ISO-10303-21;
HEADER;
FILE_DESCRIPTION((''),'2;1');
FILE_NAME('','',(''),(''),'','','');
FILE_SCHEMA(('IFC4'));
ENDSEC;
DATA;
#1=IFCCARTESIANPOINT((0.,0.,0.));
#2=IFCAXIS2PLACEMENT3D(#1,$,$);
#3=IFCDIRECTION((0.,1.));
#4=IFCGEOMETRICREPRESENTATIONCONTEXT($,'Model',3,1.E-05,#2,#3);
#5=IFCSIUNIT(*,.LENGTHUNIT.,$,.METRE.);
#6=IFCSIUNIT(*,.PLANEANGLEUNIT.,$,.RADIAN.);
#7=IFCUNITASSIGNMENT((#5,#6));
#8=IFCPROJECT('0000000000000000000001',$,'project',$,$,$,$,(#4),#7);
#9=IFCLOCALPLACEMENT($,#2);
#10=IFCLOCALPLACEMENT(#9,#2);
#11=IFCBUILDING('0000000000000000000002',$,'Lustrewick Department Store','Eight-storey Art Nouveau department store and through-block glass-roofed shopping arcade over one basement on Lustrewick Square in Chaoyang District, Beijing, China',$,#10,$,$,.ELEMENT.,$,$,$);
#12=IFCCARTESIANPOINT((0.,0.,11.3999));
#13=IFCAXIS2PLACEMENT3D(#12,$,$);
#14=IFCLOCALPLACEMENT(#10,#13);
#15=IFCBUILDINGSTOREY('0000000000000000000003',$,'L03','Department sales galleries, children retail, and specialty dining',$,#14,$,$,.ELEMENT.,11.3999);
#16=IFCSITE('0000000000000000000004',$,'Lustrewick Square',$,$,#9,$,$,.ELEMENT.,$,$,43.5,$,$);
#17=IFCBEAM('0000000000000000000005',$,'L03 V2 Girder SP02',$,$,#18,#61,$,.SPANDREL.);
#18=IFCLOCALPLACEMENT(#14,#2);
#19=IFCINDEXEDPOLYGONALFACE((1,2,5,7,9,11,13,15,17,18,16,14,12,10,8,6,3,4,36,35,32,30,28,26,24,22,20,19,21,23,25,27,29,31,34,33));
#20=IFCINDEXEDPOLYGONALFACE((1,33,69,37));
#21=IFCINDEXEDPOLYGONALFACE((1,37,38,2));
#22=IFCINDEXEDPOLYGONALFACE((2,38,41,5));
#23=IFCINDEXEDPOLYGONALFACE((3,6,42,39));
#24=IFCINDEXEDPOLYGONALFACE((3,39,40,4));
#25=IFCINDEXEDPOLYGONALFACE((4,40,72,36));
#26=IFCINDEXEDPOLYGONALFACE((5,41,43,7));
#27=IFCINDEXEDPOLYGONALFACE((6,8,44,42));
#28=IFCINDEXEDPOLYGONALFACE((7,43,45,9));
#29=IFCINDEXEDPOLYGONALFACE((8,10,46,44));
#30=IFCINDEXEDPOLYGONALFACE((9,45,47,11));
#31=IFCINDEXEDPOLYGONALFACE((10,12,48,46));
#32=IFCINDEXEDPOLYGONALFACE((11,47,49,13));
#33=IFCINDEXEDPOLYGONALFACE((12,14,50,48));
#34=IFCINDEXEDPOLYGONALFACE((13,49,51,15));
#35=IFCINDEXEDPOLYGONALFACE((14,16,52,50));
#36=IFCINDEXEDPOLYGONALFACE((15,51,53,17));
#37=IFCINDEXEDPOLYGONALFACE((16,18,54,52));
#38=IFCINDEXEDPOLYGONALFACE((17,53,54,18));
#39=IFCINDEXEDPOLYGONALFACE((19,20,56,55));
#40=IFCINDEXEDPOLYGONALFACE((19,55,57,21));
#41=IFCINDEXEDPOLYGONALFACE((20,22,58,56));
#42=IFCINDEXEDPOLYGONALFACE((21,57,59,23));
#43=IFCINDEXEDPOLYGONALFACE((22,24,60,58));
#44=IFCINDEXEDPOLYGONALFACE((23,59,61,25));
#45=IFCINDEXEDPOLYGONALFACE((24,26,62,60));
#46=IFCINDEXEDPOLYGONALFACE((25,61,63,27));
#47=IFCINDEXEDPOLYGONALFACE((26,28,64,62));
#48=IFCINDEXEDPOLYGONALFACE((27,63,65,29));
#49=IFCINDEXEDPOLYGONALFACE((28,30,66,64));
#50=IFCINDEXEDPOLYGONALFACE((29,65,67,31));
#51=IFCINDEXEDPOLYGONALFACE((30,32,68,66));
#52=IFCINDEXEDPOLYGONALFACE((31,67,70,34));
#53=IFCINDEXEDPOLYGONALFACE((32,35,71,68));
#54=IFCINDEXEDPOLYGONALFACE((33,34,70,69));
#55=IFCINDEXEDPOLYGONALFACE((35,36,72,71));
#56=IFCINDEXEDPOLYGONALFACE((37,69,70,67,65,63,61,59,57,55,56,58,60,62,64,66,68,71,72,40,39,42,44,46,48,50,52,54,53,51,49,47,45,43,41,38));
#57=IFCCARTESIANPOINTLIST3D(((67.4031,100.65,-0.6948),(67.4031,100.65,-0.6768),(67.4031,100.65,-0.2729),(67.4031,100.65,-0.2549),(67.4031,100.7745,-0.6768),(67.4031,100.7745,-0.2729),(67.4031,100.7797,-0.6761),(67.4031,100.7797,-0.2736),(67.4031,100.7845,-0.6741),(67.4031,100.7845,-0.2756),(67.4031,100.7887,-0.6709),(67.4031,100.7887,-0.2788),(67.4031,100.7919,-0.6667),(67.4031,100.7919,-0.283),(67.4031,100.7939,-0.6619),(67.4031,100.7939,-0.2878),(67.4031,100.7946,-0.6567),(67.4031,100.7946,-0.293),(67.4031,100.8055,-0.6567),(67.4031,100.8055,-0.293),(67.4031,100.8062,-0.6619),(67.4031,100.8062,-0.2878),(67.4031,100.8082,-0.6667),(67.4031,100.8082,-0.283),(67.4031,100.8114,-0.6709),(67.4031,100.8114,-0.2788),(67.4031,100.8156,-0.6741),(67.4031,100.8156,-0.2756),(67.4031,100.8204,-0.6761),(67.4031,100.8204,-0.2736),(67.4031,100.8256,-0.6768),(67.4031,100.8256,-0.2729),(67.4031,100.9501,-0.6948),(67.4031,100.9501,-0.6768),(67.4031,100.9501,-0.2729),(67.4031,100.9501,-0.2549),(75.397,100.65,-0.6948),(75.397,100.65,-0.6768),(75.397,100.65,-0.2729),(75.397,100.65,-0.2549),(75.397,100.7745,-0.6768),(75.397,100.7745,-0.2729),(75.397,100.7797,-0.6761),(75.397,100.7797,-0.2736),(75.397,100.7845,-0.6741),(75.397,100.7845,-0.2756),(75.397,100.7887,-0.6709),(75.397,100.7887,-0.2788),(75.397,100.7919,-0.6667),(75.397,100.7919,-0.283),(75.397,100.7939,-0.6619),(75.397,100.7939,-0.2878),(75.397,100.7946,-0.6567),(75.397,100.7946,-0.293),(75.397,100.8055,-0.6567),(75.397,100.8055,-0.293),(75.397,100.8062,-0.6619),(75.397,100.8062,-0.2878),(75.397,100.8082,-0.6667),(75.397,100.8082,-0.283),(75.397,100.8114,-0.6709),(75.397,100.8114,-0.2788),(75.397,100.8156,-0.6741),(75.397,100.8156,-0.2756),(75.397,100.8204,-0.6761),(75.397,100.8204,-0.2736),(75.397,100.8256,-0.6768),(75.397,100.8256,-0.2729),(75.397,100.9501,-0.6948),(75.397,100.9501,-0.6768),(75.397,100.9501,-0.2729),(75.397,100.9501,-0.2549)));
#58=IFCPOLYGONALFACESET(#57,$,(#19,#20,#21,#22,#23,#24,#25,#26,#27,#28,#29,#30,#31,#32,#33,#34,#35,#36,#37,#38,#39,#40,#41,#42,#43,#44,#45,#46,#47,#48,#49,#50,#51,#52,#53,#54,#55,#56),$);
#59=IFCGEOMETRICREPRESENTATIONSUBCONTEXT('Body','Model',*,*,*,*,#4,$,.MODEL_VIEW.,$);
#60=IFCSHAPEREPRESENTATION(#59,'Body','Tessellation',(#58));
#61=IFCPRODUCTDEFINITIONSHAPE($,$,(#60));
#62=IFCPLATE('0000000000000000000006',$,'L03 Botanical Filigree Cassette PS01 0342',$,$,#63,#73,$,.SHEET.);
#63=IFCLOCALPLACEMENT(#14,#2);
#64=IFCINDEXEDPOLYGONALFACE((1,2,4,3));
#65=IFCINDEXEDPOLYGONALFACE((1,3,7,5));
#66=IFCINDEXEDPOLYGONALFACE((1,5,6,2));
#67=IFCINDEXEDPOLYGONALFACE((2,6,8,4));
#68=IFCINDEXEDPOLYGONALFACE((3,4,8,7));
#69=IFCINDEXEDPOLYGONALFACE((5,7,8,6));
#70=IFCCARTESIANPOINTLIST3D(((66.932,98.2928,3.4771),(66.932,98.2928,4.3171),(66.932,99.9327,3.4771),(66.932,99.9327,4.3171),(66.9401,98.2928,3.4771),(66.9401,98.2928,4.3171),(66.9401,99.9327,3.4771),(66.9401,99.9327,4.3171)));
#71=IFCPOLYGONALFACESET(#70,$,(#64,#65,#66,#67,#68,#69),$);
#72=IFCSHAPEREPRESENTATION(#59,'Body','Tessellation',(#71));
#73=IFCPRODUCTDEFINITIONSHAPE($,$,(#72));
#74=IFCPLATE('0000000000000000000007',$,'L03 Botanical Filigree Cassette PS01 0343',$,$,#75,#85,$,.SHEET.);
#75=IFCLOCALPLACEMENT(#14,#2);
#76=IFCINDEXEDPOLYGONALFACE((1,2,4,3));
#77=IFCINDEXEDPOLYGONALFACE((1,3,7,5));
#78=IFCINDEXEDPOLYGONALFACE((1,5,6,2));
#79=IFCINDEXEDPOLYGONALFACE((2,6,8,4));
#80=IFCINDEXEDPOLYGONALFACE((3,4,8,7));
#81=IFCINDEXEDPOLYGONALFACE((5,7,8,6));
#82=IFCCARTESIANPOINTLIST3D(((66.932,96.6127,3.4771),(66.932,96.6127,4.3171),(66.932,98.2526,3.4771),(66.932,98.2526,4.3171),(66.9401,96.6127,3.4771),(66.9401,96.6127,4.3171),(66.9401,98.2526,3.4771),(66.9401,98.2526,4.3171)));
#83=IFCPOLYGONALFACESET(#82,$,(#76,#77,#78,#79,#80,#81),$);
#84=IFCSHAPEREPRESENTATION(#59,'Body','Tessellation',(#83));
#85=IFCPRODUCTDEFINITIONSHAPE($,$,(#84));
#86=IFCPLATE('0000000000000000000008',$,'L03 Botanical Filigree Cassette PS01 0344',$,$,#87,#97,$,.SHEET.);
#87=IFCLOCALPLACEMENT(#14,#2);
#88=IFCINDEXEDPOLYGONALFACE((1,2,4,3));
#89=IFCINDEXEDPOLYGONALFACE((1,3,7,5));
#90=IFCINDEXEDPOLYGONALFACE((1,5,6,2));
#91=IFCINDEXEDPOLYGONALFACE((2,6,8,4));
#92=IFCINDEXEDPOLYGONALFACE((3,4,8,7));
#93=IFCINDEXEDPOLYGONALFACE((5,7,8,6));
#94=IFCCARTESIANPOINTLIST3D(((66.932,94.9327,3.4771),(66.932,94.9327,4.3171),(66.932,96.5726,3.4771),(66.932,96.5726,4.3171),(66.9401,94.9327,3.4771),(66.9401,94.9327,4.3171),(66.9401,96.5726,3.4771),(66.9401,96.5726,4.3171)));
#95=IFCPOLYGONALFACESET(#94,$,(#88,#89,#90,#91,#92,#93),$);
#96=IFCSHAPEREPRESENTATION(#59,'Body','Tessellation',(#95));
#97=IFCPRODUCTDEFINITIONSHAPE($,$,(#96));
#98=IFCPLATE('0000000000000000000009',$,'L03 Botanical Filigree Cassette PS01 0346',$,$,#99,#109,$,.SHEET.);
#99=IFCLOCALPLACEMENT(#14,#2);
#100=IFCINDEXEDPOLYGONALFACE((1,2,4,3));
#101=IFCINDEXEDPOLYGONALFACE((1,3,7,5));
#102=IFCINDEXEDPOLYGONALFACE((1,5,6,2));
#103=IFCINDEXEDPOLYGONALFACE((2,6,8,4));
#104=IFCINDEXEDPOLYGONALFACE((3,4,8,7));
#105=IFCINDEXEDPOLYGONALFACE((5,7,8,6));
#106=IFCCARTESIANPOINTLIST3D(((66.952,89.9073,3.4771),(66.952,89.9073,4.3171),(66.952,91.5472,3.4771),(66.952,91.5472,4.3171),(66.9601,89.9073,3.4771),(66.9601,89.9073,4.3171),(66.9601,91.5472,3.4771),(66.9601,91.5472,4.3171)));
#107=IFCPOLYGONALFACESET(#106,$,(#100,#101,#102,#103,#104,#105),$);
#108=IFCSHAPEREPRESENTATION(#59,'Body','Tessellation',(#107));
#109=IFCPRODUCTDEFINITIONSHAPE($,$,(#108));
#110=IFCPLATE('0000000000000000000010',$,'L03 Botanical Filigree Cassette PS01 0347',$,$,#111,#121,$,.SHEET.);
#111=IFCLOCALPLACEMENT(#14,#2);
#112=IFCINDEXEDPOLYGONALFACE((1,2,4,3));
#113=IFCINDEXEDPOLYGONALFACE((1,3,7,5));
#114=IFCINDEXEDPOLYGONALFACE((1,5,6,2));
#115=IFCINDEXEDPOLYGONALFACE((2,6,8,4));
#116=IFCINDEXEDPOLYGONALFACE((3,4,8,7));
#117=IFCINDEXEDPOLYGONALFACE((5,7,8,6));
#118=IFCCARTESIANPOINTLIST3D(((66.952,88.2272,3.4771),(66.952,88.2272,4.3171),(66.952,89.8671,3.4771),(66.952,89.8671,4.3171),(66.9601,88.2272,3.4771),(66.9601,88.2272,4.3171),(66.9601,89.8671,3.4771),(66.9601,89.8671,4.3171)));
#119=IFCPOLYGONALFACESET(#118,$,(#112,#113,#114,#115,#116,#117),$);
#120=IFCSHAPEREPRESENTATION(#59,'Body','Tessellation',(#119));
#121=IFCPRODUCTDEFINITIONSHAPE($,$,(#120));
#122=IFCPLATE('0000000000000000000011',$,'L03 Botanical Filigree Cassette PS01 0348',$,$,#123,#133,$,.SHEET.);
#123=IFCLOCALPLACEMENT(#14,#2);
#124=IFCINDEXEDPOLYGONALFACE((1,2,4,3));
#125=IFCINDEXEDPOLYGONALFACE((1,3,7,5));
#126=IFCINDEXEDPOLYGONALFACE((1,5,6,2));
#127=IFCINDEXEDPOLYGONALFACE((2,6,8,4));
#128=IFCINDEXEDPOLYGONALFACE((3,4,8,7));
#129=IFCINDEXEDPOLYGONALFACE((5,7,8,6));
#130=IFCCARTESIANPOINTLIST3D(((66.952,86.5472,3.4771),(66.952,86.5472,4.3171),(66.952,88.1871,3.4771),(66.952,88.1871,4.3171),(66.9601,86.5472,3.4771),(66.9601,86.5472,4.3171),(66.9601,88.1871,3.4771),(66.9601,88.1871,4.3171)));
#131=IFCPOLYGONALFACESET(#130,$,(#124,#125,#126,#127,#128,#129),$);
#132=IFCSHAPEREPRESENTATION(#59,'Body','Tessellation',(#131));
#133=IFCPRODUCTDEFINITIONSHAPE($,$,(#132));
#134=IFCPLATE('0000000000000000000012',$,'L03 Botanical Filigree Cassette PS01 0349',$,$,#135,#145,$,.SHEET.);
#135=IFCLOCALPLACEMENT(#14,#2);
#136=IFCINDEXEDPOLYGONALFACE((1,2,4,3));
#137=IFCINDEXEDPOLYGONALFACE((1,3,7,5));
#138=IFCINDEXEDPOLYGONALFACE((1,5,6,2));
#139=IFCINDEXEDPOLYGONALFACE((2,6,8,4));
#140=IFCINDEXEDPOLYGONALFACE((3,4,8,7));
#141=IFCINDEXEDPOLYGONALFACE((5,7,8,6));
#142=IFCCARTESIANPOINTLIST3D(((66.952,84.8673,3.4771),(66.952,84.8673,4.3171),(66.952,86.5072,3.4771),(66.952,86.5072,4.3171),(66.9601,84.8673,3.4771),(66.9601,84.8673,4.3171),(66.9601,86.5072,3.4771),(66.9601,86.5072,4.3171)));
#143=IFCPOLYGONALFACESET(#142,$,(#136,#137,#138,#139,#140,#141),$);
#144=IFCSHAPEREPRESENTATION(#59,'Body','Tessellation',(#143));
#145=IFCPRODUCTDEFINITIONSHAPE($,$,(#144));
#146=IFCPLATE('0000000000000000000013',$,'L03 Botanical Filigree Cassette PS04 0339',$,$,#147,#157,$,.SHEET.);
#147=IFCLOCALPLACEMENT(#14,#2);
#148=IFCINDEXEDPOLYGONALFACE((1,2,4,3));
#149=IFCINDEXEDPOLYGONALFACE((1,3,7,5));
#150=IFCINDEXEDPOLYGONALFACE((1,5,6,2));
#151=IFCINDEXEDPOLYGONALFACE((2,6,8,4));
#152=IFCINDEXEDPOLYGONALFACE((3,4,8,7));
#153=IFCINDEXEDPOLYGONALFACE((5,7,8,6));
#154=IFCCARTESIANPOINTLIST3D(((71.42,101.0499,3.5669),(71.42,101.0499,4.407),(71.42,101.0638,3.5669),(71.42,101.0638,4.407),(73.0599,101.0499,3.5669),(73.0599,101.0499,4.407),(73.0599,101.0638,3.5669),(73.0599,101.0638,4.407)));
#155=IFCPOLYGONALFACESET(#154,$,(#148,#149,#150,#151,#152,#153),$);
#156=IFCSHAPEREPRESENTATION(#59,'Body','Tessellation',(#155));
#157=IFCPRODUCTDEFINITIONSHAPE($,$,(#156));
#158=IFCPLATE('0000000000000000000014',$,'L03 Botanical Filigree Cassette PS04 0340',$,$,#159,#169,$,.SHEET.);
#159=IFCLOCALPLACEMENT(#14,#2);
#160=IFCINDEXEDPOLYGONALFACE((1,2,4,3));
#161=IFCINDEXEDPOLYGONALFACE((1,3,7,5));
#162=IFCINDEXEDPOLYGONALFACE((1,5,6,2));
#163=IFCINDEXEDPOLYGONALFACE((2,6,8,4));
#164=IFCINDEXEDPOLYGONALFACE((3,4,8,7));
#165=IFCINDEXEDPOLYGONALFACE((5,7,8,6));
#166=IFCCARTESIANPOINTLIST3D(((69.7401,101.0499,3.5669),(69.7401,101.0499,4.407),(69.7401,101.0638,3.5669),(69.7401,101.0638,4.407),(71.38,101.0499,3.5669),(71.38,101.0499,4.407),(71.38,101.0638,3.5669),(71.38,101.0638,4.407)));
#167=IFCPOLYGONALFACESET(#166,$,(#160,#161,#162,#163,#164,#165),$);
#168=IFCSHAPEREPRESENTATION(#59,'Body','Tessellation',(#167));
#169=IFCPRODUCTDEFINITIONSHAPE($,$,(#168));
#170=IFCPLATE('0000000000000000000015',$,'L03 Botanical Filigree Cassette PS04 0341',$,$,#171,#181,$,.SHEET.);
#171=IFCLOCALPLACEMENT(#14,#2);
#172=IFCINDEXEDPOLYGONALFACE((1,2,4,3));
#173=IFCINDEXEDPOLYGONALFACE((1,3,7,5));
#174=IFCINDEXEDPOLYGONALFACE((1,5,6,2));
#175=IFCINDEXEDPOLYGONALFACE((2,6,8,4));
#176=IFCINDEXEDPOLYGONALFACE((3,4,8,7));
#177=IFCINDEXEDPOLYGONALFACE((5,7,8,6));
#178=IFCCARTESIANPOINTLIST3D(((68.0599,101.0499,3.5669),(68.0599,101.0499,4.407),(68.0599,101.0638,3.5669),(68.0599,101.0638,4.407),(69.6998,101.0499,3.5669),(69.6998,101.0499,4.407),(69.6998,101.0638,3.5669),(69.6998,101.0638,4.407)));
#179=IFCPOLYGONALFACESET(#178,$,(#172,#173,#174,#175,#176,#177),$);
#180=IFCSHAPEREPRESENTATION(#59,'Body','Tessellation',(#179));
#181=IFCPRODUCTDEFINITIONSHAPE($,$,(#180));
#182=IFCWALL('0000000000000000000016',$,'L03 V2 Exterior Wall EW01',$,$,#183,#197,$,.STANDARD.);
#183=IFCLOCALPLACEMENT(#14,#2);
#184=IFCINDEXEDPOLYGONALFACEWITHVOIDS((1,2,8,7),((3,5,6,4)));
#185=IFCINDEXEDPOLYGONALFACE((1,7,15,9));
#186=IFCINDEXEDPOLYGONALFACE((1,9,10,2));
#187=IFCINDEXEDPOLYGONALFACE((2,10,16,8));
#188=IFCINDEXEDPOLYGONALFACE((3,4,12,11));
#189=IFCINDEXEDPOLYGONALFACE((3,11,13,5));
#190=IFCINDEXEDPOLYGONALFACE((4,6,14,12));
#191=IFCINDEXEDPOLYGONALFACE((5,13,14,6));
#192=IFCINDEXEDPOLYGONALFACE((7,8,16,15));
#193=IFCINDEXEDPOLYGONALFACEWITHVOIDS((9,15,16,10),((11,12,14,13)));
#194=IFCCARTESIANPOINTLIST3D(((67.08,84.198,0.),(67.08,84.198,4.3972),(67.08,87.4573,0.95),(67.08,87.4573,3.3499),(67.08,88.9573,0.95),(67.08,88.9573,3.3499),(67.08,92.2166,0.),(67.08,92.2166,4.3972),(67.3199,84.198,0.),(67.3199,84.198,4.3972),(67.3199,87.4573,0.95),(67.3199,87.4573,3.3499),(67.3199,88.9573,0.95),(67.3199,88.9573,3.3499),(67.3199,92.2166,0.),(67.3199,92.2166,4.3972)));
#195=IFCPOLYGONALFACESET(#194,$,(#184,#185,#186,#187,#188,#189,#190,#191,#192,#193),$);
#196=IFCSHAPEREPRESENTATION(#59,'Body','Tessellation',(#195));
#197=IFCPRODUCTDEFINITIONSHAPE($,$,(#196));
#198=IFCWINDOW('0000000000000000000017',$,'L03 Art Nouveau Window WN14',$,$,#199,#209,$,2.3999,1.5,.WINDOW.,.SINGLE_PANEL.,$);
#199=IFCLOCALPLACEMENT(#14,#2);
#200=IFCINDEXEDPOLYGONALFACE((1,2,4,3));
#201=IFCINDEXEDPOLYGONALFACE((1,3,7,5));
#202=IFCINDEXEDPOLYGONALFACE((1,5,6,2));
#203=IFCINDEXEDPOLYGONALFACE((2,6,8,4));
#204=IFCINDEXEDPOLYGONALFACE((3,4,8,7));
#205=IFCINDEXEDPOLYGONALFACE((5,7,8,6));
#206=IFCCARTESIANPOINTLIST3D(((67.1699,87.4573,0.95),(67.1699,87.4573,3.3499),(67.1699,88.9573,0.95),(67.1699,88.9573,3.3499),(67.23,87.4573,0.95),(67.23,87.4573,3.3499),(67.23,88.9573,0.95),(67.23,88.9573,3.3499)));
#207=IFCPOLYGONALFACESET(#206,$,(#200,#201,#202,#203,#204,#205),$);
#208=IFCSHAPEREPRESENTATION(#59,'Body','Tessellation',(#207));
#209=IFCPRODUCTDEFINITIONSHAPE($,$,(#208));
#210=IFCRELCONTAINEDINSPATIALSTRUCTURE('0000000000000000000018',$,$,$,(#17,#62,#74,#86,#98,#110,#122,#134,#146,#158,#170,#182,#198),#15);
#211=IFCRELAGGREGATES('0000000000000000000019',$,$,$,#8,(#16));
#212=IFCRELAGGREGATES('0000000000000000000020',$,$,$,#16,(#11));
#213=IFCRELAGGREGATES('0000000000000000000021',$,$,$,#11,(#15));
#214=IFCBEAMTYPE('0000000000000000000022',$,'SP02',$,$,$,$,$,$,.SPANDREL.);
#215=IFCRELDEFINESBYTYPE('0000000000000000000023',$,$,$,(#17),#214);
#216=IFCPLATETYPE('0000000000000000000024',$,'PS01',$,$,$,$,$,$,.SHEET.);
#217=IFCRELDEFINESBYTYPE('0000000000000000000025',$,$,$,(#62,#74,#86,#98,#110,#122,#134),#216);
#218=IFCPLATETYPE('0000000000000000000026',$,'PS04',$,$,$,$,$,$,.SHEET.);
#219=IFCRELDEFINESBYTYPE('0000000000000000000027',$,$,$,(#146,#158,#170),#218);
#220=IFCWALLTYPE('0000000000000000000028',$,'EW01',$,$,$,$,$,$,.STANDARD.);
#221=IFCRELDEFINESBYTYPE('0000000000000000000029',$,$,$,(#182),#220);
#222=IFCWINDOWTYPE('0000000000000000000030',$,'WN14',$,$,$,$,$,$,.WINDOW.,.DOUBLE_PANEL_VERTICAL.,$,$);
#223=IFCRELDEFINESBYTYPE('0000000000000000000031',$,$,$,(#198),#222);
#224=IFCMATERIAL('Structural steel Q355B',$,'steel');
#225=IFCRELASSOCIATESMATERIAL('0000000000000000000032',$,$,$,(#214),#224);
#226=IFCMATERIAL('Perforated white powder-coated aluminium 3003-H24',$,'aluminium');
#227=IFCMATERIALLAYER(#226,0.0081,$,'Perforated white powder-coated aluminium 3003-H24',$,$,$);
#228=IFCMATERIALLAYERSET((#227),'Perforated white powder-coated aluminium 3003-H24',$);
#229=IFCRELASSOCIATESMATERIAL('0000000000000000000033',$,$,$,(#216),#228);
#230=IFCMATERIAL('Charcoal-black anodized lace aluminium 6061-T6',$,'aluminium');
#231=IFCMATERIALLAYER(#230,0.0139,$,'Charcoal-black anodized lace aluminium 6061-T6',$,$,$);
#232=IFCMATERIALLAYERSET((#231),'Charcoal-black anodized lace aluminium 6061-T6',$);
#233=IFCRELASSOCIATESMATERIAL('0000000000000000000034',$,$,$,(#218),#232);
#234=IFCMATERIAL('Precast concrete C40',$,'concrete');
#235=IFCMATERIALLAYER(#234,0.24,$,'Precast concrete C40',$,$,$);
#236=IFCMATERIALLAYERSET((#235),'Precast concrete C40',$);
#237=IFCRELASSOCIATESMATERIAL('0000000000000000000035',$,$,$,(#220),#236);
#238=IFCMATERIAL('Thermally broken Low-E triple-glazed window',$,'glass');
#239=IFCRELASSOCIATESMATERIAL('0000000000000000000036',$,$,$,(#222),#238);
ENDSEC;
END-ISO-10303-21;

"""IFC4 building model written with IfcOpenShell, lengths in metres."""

from ifc_helpers import new_model, si_unit, direction, frame, frame_2d, origin, origin_2d, place, context, subcontext, project, spatial, rectangle, i_section, extrude, material, layer, layer_set, material_profile, profile_set, type_object, element, fill, save


model = new_model("IFC4")

# Units and contexts
model_context = context("Model", 3, precision=1e-05, world=origin(), true_north=direction((0.0, 1.0)))
body_context = subcontext(model_context, "Body", "Model", "MODEL_VIEW")
ifc_project = project(units=[si_unit("LENGTHUNIT", "METRE"), si_unit("PLANEANGLEUNIT", "RADIAN")], contexts=[model_context])

# Site, building, storey
site_placement = place(None, origin())
site = spatial("IfcSite", under=ifc_project, at=site_placement, Name="Lustrewick Square", CompositionType="ELEMENT", RefElevation=43.5)
building_placement = place(site_placement, origin())
building = spatial("IfcBuilding", under=site, at=building_placement, Name="Lustrewick Department Store", Description="Eight-storey Art Nouveau department store and through-block glass-roofed shopping arcade over one basement on Lustrewick Square in Chaoyang District, Beijing, China", CompositionType="ELEMENT")
storey_placement = place(building_placement, frame((0.0, 0.0, 11.3999)))
storey = spatial("IfcBuildingStorey", under=building, at=storey_placement, Name="L03", Description="Department sales galleries, children retail, and specialty dining", CompositionType="ELEMENT", Elevation=11.3999)

# Shared definitions
ifc_material_1 = material(Name="Structural steel Q355B", Category="steel")

# Beam
ifc_material_profile_1 = material_profile(ifc_material_1, i_section(OverallWidth=0.3, OverallDepth=0.4399, WebThickness=0.011, FlangeThickness=0.0181, FilletRadius=0.02, at=origin_2d()), Name="HM 440x300x11x18")
ifc_profile_set_1 = profile_set([ifc_material_profile_1], Name="Structural steel Q355B")
beam_type_1 = type_object("IfcBeamType", Name="SP02", PredefinedType="SPANDREL", material=ifc_profile_set_1)
beam_1_placement = place(storey_placement, frame((67.4031, 100.8, -0.4749), z_axis=(1.0, 0.0, 0.0), x_axis=(0.0, 1.0, 0.0)))
element("IfcBeam", 1, at=beam_1_placement, inside=storey, type_object=beam_type_1, Name="L03 V2 Girder SP02", PredefinedType="SPANDREL", context=body_context, shape_type="SweptSolid", body=[
    extrude(i_section(OverallWidth=0.3, OverallDepth=0.4399, WebThickness=0.011, FlangeThickness=0.0181, FilletRadius=0.02, at=origin_2d()), origin(), (0.0, 0.0, 1.0), 7.9939),
])

# Plates
ifc_material_2 = material(Name="Perforated white powder-coated aluminium 3003-H24", Category="aluminium")
ifc_layer_1 = layer(ifc_material_2, 0.0081, Name="Perforated white powder-coated aluminium 3003-H24")
ifc_layer_set_1 = layer_set([ifc_layer_1], Name="Perforated white powder-coated aluminium 3003-H24")
plate_type_1 = type_object("IfcPlateType", Name="PS01", PredefinedType="SHEET", material=ifc_layer_set_1)
for number, where, z_axis, x_axis, name in (
    (2, (66.936, 99.1128, 3.4771), (0.0, 0.0, 1.0), (0.0, -1.0, 0.0), "L03 Botanical Filigree Cassette PS01 0342"),
    (3, (66.936, 97.4326, 3.4771), (0.0, 0.0, 1.0), (0.0, -1.0, 0.0), "L03 Botanical Filigree Cassette PS01 0343"),
    (4, (66.936, 95.7527, 3.4771), (0.0, 0.0, 1.0), (0.0, -1.0, 0.0), "L03 Botanical Filigree Cassette PS01 0344"),
    (5, (66.9561, 90.7273, 3.4771), (0.0, 0.0, 1.0), (0.0, -1.0, 0.0), "L03 Botanical Filigree Cassette PS01 0346"),
    (6, (66.9561, 89.0471, 3.4771), (0.0, 0.0, 1.0), (0.0, -1.0, 0.0), "L03 Botanical Filigree Cassette PS01 0347"),
    (7, (66.9561, 87.3672, 3.4771), (0.0, 0.0, 1.0), (0.0, -1.0, 0.0), "L03 Botanical Filigree Cassette PS01 0348"),
    (8, (66.9561, 85.6873, 3.4771), (0.0, 0.0, 1.0), (0.0, -1.0, 0.0), "L03 Botanical Filigree Cassette PS01 0349"),
):
    element("IfcPlate", number, at=place(storey_placement, frame(where, z_axis=z_axis, x_axis=x_axis)), inside=storey, type_object=plate_type_1, Name=name, PredefinedType="SHEET", context=body_context, shape_type="SweptSolid", body=[
        extrude(rectangle(XDim=1.6399, YDim=0.0081, at=origin_2d()), origin(), (0.0, 0.0, 1.0), 0.8401),
    ])
ifc_material_3 = material(Name="Charcoal-black anodized lace aluminium 6061-T6", Category="aluminium")
ifc_layer_2 = layer(ifc_material_3, 0.0139, Name="Charcoal-black anodized lace aluminium 6061-T6")
ifc_layer_set_2 = layer_set([ifc_layer_2], Name="Charcoal-black anodized lace aluminium 6061-T6")
plate_type_2 = type_object("IfcPlateType", Name="PS04", PredefinedType="SHEET", material=ifc_layer_set_2)
for number, where, z_axis, x_axis, name in (
    (9, (72.24, 101.0569, 3.5669), (0.0, 0.0, 1.0), (-1.0, 0.0, 0.0), "L03 Botanical Filigree Cassette PS04 0339"),
    (10, (70.5601, 101.0569, 3.5669), (0.0, 0.0, 1.0), (-1.0, 0.0, 0.0), "L03 Botanical Filigree Cassette PS04 0340"),
    (11, (68.8799, 101.0569, 3.5669), (0.0, 0.0, 1.0), (-1.0, 0.0, 0.0), "L03 Botanical Filigree Cassette PS04 0341"),
):
    element("IfcPlate", number, at=place(storey_placement, frame(where, z_axis=z_axis, x_axis=x_axis)), inside=storey, type_object=plate_type_2, Name=name, PredefinedType="SHEET", context=body_context, shape_type="SweptSolid", body=[
        extrude(rectangle(XDim=1.6399, YDim=0.0139, at=origin_2d()), origin(), (0.0, 0.0, 1.0), 0.8401),
    ])

# Wall, opening, window
ifc_material_4 = material(Name="Precast concrete C40", Category="concrete")
ifc_layer_3 = layer(ifc_material_4, 0.24, Name="Precast concrete C40")
ifc_layer_set_3 = layer_set([ifc_layer_3], Name="Precast concrete C40")
wall_type_1 = type_object("IfcWallType", Name="EW01", PredefinedType="STANDARD", material=ifc_layer_set_3)
wall_1_placement = place(storey_placement, frame((67.2, 92.2166, 0.0), z_axis=(0.0, 0.0, 1.0), x_axis=(0.0, -1.0, 0.0)))
wall_1 = element("IfcWall", 12, at=wall_1_placement, inside=storey, type_object=wall_type_1, Name="L03 V2 Exterior Wall EW01", PredefinedType="STANDARD", context=body_context, shape_type="SweptSolid", body=[
    extrude(rectangle(XDim=8.0186, YDim=0.24, at=frame_2d((4.0093, 0.0))), origin(), (0.0, 0.0, 1.0), 4.3972),
])
opening_1_placement = place(wall_1_placement, frame((3.2593, 0.0, 0.95)))
opening_1 = element("IfcOpeningElement", 13, at=opening_1_placement, cuts=wall_1, PredefinedType="OPENING", context=body_context, shape_type="SweptSolid", body=[
    extrude(rectangle(XDim=1.5, YDim=2.3999, at=frame_2d((0.75, 1.2))), frame((0.0, 0.1299, 0.0), z_axis=(0.0, -1.0, 0.0), x_axis=(1.0, 0.0, 0.0)), (0.0, 0.0, 1.0), 0.26),
])
ifc_material_5 = material(Name="Thermally broken Low-E triple-glazed window", Category="glass")
window_type_1 = type_object("IfcWindowType", Name="WN14", PartitioningType="DOUBLE_PANEL_VERTICAL", PredefinedType="WINDOW", material=ifc_material_5)
window_1_placement = place(opening_1_placement, origin())
window_1 = element("IfcWindow", 14, at=window_1_placement, inside=storey, type_object=window_type_1, Name="L03 Art Nouveau Window WN14", OverallHeight=2.3999, OverallWidth=1.5, PartitioningType="SINGLE_PANEL", PredefinedType="WINDOW", context=body_context, shape_type="SweptSolid", body=[
    extrude(rectangle(XDim=1.5, YDim=2.3999, at=frame_2d((0.75, 1.2))), frame((0.0, 0.03, 0.0), z_axis=(0.0, -1.0, 0.0), x_axis=(1.0, 0.0, 0.0)), (0.0, 0.0, 1.0), 0.0601),
])
fill(opening_1, window_1)

save(model, "model.ifc")
